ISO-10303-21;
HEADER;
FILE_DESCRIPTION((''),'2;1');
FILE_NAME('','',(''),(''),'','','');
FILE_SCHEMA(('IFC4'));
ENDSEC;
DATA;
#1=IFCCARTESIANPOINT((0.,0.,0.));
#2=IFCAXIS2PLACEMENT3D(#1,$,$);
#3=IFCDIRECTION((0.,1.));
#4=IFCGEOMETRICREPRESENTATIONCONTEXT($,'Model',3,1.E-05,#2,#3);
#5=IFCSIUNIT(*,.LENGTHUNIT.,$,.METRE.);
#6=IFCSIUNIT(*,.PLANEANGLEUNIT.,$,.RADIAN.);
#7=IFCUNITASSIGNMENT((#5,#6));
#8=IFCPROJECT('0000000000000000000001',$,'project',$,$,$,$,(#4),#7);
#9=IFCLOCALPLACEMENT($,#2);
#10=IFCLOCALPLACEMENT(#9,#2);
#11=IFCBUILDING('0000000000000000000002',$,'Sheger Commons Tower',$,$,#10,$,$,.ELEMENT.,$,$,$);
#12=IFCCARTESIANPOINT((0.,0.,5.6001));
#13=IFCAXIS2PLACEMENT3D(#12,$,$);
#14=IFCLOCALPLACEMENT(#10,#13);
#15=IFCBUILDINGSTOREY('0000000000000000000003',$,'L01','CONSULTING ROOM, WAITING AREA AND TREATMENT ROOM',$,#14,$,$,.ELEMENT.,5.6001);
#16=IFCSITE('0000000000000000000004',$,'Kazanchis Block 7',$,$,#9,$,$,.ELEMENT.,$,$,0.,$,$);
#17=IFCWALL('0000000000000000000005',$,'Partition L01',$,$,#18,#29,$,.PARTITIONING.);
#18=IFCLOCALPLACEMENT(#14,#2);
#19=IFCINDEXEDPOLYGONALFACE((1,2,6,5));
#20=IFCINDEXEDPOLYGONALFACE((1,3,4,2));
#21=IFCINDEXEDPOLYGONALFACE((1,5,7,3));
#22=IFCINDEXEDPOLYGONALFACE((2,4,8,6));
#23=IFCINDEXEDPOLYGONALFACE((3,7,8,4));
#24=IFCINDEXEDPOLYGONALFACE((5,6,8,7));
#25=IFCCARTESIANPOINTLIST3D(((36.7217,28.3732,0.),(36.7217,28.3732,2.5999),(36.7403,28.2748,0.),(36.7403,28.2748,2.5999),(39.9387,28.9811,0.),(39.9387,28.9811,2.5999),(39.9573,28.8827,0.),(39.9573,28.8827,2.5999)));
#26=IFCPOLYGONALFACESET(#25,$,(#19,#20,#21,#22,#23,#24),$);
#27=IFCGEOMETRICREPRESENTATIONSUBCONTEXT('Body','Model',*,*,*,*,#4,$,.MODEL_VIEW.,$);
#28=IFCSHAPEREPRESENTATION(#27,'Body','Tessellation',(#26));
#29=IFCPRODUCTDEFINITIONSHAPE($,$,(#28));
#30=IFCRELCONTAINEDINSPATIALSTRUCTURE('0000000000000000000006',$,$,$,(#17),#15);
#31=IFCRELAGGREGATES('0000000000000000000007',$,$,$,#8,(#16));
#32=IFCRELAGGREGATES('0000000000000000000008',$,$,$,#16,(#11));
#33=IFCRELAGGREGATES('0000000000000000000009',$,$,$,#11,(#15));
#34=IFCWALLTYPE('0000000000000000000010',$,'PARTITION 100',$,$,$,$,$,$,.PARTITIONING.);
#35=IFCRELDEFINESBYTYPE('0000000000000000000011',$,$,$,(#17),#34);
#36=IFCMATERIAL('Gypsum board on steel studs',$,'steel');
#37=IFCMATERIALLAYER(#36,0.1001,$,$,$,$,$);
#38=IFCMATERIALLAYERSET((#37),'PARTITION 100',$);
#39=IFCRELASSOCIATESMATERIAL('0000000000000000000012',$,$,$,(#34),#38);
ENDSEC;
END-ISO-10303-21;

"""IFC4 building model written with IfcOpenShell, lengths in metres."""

from ifc_helpers import new_model, si_unit, direction, frame, frame_2d, origin, place, context, subcontext, project, spatial, rectangle, extrude, material, layer, layer_set, type_object, element, save


model = new_model("IFC4")

# Units and contexts
model_context = context("Model", 3, precision=1e-05, world=origin(), true_north=direction((0.0, 1.0)))
body_context = subcontext(model_context, "Body", "Model", "MODEL_VIEW")
ifc_project = project(units=[si_unit("LENGTHUNIT", "METRE"), si_unit("PLANEANGLEUNIT", "RADIAN")], contexts=[model_context])

# Site, building, storey
site_placement = place(None, origin())
site = spatial("IfcSite", under=ifc_project, at=site_placement, Name="Kazanchis Block 7", CompositionType="ELEMENT", RefElevation=0.0)
building_placement = place(site_placement, origin())
building = spatial("IfcBuilding", under=site, at=building_placement, Name="Sheger Commons Tower", CompositionType="ELEMENT")
storey_placement = place(building_placement, frame((0.0, 0.0, 5.6001)))
storey = spatial("IfcBuildingStorey", under=building, at=storey_placement, Name="L01", Description="CONSULTING ROOM, WAITING AREA AND TREATMENT ROOM", CompositionType="ELEMENT", Elevation=5.6001)

# Wall
ifc_material_1 = material(Name="Gypsum board on steel studs", Category="steel")
ifc_layer_1 = layer(ifc_material_1, 0.1001)
ifc_layer_set_1 = layer_set([ifc_layer_1], Name="PARTITION 100")
wall_type = type_object("IfcWallType", Name="PARTITION 100", PredefinedType="PARTITIONING", material=ifc_layer_set_1)
wall_1_placement = place(storey_placement, frame((39.948, 28.9319, 0.0), z_axis=(0.0, 0.0, 1.0), x_axis=(-0.98261, -0.18568, 0.0)))
element("IfcWall", 1, at=wall_1_placement, inside=storey, type_object=wall_type, Name="Partition L01", PredefinedType="PARTITIONING", context=body_context, shape_type="SweptSolid", body=[
    extrude(rectangle(XDim=3.2739, YDim=0.1001, at=frame_2d((1.637, 0.0))), origin(), (0.0, 0.0, 1.0), 2.5999),
])

save(model, "model.ifc")
